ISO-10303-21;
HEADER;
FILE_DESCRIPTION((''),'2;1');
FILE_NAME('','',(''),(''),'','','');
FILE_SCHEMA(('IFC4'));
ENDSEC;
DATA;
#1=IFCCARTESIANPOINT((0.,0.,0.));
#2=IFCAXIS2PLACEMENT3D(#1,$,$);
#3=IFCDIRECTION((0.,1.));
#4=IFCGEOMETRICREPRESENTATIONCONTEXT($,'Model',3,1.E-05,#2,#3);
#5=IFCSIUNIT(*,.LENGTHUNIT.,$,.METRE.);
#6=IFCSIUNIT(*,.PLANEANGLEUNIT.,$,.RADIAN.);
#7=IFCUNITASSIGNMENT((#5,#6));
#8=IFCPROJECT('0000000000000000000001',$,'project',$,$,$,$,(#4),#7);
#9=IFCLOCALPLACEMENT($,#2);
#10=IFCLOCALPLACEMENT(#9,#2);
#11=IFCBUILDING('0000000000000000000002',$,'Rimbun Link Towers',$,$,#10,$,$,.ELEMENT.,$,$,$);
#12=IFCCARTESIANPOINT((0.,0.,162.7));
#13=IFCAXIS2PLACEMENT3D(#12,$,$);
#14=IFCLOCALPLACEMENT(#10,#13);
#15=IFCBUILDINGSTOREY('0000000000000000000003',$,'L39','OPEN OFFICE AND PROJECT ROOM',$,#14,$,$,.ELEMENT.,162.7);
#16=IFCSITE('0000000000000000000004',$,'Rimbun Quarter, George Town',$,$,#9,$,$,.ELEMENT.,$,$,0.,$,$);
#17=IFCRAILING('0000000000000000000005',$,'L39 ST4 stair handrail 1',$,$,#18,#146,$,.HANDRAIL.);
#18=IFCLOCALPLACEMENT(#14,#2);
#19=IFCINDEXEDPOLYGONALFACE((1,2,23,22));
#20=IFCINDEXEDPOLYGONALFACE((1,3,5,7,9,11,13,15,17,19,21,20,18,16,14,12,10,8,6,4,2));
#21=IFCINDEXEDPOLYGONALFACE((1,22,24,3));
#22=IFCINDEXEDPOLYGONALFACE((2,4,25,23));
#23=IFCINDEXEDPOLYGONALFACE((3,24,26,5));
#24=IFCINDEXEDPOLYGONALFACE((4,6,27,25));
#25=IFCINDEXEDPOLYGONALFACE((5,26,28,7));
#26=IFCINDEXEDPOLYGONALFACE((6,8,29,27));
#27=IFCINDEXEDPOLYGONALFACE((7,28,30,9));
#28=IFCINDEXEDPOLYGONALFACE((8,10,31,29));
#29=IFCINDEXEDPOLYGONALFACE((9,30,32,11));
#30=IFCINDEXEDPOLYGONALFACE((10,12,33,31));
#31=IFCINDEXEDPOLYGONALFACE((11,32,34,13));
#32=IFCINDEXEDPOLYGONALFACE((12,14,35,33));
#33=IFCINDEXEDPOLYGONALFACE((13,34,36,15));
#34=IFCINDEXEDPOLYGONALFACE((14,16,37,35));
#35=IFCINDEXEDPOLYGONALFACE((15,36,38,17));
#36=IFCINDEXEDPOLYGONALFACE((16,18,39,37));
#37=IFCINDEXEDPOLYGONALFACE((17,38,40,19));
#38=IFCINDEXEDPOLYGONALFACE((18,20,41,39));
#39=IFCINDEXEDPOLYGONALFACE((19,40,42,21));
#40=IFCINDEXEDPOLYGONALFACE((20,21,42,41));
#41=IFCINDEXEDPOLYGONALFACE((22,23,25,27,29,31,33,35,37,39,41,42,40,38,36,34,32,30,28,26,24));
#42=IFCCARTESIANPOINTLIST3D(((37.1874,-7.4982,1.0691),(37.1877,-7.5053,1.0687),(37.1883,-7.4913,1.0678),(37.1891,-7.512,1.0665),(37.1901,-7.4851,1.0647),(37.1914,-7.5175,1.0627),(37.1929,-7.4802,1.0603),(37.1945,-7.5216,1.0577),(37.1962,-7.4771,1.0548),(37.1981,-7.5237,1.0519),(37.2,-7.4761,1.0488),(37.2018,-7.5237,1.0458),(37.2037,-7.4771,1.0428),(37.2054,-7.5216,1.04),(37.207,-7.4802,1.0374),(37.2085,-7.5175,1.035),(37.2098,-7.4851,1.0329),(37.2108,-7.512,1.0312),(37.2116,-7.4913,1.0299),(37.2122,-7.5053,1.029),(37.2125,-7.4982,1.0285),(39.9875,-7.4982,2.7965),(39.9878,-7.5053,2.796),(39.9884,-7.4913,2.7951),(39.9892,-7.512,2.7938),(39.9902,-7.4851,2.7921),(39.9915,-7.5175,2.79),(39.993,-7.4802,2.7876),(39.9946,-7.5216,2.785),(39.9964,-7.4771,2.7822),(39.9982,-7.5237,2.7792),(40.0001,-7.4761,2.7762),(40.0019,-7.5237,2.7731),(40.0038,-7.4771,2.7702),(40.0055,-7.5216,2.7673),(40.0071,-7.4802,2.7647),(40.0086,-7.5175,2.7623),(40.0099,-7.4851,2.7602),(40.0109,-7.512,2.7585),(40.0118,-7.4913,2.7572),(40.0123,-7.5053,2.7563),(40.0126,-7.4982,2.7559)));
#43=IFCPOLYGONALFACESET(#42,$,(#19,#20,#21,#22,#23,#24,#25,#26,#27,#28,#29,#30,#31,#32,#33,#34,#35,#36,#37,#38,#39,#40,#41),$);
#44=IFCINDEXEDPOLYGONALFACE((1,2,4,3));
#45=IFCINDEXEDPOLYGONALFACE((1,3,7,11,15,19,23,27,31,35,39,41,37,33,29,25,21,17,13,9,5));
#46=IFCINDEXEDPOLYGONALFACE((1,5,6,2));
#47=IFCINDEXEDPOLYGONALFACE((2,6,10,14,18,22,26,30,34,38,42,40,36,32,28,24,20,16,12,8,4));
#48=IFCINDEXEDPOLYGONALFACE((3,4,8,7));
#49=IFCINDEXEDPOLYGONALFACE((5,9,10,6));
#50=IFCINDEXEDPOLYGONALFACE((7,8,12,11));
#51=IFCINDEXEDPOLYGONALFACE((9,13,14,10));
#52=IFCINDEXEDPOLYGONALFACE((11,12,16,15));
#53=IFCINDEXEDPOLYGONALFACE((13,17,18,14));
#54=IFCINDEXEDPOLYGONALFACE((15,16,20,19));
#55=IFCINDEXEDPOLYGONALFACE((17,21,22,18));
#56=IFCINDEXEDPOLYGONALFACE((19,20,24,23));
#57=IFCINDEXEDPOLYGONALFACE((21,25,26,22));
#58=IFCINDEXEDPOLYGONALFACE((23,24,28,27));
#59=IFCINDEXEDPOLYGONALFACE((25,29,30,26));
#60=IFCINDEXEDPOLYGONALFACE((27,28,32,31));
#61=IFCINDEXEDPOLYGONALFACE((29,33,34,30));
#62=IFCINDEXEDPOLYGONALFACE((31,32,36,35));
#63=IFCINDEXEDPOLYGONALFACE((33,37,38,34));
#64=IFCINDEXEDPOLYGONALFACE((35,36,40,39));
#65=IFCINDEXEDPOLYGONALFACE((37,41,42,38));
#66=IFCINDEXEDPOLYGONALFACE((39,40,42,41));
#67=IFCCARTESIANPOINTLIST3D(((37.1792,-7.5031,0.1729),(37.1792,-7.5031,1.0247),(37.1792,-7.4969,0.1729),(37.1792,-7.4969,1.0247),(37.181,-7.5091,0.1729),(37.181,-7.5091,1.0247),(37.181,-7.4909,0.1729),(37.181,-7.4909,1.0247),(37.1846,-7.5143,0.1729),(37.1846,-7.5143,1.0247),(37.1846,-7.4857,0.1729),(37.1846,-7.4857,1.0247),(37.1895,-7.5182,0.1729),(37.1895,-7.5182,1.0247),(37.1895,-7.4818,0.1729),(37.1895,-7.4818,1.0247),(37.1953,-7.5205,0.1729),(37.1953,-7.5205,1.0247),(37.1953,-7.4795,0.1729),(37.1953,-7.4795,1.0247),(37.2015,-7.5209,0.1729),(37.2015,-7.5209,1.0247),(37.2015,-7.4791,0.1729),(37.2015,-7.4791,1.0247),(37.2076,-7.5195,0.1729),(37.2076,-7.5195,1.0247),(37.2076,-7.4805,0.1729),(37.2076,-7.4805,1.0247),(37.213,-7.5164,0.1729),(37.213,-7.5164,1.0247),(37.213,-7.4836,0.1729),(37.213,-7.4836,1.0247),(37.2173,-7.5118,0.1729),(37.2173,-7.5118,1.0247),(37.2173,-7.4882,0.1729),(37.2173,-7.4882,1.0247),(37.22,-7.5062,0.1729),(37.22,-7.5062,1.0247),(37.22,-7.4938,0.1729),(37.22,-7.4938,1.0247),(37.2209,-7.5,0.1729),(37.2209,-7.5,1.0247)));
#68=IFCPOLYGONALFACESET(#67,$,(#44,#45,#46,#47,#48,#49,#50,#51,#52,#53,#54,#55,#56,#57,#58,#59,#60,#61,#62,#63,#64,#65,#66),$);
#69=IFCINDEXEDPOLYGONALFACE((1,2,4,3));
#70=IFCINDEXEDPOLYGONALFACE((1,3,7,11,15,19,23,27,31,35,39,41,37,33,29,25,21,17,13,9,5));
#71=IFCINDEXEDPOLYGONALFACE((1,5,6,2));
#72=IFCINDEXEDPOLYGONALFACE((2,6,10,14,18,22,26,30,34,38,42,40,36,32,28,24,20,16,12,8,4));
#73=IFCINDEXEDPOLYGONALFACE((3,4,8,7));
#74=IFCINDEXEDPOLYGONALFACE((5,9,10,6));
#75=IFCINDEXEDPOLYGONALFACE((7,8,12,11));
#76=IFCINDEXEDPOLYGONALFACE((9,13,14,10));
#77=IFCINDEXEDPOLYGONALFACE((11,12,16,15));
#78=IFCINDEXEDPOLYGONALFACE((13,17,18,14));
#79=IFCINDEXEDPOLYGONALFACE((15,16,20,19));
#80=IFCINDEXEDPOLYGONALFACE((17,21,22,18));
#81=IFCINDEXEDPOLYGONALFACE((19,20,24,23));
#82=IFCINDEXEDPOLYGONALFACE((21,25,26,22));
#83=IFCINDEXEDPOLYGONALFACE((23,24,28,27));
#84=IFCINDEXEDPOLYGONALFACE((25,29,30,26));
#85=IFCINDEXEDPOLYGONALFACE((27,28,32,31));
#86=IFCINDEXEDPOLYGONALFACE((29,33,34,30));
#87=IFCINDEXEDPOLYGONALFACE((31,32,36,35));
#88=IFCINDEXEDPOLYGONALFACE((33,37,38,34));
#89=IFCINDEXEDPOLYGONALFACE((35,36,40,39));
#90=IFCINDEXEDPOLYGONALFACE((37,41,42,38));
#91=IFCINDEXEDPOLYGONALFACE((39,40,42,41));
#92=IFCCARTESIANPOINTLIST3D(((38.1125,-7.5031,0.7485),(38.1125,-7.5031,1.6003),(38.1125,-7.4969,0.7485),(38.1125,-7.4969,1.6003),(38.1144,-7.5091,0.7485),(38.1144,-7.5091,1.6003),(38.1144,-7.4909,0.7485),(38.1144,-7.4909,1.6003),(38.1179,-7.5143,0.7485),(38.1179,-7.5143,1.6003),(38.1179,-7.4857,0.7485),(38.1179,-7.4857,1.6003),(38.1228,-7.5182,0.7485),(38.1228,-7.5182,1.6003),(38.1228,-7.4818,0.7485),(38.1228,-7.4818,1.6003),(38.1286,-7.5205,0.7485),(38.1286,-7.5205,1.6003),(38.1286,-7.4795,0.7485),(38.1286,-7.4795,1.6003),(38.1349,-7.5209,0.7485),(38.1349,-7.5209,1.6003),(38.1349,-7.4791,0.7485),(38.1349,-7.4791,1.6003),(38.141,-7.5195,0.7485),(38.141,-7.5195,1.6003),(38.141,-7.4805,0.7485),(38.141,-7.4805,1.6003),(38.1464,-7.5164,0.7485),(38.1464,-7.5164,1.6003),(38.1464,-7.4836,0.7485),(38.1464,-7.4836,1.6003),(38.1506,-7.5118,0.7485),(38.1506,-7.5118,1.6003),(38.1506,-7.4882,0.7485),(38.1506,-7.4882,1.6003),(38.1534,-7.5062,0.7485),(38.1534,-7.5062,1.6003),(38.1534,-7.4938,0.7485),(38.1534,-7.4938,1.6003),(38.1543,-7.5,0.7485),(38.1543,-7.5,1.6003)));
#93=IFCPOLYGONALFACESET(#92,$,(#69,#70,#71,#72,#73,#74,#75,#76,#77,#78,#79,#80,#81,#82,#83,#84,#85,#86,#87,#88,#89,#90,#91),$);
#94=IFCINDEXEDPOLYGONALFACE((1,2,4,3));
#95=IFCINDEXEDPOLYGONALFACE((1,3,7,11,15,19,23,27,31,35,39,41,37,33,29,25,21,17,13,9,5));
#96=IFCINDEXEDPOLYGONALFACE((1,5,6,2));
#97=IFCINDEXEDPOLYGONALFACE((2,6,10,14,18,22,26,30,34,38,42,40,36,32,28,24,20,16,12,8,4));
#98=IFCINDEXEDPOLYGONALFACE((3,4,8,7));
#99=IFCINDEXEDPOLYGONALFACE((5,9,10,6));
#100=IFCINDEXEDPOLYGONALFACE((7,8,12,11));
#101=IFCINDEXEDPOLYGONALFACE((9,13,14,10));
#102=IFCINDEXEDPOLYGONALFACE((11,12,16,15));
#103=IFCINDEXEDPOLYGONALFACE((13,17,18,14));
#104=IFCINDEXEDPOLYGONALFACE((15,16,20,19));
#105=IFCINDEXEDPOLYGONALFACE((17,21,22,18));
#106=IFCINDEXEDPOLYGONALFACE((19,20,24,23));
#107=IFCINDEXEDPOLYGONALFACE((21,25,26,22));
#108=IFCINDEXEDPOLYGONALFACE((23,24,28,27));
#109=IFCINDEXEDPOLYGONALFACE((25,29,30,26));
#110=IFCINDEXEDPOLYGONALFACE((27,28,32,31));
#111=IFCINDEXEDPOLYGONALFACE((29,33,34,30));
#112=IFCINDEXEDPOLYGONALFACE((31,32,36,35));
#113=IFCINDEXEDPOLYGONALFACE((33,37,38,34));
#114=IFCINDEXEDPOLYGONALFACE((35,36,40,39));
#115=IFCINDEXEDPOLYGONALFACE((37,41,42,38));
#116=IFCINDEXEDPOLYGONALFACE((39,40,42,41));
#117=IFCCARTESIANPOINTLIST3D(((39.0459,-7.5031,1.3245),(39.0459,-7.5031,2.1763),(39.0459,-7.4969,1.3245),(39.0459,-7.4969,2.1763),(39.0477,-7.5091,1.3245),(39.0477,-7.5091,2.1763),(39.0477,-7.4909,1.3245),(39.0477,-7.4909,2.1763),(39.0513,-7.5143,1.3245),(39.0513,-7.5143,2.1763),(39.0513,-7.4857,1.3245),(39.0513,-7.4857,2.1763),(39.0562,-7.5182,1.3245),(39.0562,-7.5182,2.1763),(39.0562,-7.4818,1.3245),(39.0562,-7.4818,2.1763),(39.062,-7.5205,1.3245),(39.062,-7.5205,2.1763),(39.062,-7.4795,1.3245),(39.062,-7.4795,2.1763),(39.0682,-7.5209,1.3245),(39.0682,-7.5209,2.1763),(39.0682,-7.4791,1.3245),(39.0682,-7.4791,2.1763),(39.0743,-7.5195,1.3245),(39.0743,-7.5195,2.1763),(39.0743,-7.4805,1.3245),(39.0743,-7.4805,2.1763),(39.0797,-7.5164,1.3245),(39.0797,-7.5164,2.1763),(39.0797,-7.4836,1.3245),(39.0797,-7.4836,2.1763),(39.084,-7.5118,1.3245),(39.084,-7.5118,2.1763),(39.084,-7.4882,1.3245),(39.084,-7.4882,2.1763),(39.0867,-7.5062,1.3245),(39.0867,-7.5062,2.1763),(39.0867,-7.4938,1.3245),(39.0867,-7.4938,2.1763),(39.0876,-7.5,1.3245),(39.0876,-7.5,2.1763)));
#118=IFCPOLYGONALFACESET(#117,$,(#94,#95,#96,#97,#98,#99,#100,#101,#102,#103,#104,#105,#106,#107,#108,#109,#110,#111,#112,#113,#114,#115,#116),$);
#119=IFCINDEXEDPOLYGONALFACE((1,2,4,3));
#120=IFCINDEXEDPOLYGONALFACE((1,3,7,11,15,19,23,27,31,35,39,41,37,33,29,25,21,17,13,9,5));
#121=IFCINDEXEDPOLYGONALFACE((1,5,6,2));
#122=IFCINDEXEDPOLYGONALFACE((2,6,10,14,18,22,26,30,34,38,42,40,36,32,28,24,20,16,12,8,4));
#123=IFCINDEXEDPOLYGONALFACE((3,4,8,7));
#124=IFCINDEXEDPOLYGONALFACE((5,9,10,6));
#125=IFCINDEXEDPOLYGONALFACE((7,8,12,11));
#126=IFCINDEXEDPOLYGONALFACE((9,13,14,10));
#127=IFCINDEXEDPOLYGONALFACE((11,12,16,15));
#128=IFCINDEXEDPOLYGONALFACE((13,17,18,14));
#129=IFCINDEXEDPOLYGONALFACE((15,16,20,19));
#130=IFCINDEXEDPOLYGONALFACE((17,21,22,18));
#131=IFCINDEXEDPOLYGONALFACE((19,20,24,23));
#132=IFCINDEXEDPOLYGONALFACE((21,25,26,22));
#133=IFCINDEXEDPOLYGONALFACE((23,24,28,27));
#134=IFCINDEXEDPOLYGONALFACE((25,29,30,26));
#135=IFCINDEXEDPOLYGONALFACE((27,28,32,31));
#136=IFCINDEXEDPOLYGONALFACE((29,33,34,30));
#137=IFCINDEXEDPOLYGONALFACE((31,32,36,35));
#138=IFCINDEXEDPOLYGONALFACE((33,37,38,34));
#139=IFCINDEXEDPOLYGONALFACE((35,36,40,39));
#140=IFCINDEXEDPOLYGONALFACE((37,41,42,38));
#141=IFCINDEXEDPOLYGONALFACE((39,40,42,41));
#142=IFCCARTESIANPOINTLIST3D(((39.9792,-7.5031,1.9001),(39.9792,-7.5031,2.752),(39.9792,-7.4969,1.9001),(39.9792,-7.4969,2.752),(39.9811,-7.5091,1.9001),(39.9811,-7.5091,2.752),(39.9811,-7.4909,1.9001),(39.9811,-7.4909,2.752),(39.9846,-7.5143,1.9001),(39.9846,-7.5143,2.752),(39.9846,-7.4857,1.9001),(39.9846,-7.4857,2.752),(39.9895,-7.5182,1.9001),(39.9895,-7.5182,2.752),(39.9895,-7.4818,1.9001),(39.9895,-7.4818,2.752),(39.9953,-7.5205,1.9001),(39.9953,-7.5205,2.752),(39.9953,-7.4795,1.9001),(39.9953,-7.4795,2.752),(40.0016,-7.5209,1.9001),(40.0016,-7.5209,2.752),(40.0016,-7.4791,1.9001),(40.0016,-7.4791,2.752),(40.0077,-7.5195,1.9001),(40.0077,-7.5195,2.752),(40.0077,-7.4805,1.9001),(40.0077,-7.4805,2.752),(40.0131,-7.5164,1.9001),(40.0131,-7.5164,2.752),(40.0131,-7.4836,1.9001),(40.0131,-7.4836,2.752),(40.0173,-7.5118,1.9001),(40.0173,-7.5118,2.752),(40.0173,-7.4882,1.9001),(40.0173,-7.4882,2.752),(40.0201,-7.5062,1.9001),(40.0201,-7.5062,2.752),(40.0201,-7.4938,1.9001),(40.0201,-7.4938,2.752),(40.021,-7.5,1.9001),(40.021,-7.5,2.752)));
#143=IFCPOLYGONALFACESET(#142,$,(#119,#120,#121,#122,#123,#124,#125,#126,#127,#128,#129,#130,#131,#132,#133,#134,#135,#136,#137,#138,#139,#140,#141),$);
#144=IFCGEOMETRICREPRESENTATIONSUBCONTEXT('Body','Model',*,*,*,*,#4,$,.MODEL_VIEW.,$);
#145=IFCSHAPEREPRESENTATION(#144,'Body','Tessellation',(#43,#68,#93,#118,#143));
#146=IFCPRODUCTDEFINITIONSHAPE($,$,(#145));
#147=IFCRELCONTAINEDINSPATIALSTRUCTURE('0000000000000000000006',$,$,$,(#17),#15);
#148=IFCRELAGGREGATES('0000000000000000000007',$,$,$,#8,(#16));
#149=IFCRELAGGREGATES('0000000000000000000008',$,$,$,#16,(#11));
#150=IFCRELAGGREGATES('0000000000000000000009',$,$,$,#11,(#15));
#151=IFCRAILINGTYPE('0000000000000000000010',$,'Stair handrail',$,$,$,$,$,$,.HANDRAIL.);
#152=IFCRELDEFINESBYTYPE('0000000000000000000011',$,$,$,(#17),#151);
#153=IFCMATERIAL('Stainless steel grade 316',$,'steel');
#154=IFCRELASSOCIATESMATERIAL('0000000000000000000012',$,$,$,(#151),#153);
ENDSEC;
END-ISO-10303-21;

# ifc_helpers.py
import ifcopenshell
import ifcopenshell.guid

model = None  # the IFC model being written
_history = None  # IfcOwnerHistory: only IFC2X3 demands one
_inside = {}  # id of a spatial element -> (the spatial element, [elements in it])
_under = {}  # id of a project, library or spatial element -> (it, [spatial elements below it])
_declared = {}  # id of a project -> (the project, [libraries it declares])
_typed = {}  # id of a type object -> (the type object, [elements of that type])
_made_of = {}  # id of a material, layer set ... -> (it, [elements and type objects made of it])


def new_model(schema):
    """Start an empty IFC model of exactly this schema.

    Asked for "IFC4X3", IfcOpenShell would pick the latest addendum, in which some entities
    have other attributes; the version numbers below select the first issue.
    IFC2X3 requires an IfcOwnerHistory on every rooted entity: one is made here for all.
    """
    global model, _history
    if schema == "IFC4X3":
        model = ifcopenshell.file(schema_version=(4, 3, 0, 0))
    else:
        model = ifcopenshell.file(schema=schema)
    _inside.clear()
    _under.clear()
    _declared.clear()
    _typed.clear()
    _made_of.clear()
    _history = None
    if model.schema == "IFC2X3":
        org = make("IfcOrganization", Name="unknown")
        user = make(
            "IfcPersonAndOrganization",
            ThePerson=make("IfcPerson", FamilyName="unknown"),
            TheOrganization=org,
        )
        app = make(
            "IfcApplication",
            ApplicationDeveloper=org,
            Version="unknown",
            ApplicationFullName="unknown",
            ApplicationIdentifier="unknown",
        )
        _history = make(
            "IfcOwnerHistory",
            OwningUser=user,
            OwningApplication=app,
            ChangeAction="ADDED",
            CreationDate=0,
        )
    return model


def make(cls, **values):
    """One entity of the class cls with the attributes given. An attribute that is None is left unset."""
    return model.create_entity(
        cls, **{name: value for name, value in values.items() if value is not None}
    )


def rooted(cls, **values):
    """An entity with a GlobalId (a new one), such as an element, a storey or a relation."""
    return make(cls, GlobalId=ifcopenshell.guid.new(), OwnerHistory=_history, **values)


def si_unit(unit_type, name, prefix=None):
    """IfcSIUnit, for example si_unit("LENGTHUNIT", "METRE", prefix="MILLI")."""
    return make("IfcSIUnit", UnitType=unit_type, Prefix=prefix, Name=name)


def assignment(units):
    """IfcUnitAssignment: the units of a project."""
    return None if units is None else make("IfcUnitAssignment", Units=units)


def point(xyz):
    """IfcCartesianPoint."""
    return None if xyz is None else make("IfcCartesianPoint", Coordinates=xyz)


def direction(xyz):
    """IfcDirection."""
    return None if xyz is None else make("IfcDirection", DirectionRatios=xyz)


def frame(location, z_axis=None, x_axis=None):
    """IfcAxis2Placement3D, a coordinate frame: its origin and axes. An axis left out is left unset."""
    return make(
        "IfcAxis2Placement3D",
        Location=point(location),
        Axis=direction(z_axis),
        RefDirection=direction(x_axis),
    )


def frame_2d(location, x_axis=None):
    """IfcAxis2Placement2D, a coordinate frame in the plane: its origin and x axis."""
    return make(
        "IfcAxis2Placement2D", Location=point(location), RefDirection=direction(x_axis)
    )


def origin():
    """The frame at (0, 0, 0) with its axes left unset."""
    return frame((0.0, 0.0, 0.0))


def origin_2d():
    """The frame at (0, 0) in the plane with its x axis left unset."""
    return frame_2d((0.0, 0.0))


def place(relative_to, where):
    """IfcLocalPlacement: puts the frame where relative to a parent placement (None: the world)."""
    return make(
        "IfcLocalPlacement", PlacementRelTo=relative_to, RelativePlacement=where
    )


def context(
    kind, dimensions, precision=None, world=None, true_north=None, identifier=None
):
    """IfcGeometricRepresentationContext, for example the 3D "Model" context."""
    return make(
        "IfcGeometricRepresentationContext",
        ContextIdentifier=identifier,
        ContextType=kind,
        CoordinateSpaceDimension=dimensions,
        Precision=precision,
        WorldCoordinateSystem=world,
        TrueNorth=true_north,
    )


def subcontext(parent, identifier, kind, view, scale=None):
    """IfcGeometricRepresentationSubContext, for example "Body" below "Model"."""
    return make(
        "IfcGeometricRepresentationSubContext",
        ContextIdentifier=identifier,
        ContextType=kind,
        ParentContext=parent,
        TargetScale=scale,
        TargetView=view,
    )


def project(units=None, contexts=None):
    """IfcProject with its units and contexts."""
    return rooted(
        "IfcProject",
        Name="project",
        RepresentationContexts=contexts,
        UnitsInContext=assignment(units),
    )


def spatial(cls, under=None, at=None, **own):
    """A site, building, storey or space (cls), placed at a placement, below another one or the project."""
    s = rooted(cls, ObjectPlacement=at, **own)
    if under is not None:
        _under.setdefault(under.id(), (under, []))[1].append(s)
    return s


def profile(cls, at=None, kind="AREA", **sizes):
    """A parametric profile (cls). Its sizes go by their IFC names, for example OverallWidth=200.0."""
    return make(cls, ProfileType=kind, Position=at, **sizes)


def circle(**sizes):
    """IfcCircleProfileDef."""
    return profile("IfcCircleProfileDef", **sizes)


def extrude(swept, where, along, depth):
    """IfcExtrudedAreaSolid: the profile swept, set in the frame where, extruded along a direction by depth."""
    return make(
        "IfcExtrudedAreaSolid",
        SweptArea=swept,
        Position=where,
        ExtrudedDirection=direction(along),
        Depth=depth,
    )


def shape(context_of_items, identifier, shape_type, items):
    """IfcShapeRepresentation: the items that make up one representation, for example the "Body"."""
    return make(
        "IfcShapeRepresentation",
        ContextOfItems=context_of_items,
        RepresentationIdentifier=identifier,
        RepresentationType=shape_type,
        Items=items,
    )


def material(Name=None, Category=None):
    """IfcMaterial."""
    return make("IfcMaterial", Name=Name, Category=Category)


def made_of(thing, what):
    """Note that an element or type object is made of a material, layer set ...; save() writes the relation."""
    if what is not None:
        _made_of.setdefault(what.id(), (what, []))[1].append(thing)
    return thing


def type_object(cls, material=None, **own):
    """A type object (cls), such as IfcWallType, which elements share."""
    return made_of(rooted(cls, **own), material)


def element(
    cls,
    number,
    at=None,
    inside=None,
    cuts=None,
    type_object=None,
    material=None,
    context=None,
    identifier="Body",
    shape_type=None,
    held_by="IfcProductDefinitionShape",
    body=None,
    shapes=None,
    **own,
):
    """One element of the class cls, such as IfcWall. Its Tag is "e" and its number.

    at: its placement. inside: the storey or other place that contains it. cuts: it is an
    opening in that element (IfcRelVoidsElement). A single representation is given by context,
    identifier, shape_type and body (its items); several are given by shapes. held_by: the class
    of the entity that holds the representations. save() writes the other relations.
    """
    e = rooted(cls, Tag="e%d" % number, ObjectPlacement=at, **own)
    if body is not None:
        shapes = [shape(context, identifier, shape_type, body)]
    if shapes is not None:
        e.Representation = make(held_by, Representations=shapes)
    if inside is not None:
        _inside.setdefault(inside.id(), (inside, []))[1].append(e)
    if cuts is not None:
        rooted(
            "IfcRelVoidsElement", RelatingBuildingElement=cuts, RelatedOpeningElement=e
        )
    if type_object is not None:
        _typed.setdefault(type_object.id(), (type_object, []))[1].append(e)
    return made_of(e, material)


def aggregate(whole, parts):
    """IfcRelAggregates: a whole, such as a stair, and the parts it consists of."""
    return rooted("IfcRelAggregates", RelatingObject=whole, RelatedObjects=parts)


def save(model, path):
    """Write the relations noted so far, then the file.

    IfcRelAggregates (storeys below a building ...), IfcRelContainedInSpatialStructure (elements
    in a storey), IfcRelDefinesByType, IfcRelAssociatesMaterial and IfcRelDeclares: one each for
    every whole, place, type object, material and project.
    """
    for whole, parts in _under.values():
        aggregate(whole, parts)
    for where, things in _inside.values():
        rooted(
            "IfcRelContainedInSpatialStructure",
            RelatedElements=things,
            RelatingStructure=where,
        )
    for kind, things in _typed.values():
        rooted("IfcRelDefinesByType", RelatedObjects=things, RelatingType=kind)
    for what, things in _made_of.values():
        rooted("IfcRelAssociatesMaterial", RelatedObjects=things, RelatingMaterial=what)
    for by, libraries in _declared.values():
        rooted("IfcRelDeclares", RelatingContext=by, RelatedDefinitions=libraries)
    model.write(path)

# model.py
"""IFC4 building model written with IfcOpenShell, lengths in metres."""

from ifc_helpers import new_model, si_unit, direction, frame, origin, origin_2d, place, context, subcontext, project, spatial, circle, extrude, material, type_object, element, save


model = new_model("IFC4")

# Units and contexts
model_context = context("Model", 3, precision=1e-05, world=origin(), true_north=direction((0.0, 1.0)))
body_context = subcontext(model_context, "Body", "Model", "MODEL_VIEW")
ifc_project = project(units=[si_unit("LENGTHUNIT", "METRE"), si_unit("PLANEANGLEUNIT", "RADIAN")], contexts=[model_context])

# Site, building, storey
site_placement = place(None, origin())
site = spatial("IfcSite", under=ifc_project, at=site_placement, Name="Rimbun Quarter, George Town", CompositionType="ELEMENT", RefElevation=0.0)
building_placement = place(site_placement, origin())
building = spatial("IfcBuilding", under=site, at=building_placement, Name="Rimbun Link Towers", CompositionType="ELEMENT")
storey_placement = place(building_placement, frame((0.0, 0.0, 162.7)))
storey = spatial("IfcBuildingStorey", under=building, at=storey_placement, Name="L39", Description="OPEN OFFICE AND PROJECT ROOM", CompositionType="ELEMENT", Elevation=162.7)

# Railing
ifc_material_1 = material(Name="Stainless steel grade 316", Category="steel")
railing_type_1 = type_object("IfcRailingType", Name="Stair handrail", PredefinedType="HANDRAIL", material=ifc_material_1)
railing_1_placement = place(storey_placement, frame((37.2, -7.5, 0.1729)))
element("IfcRailing", 1, at=railing_1_placement, inside=storey, type_object=railing_type_1, Name="L39 ST4 stair handrail 1", PredefinedType="HANDRAIL", context=body_context, shape_type="SweptSolid", body=[
    extrude(circle(Radius=0.0239, at=origin_2d()), frame((0.0, 0.0, 0.876), z_axis=(0.85109, 0.0, 0.52502), x_axis=(0.0, 1.0, 0.0)), (0.0, 0.0, 1.0), 3.29),
    extrude(circle(Radius=0.021, at=origin_2d()), origin(), (0.0, 0.0, 1.0), 0.8518),
    extrude(circle(Radius=0.021, at=origin_2d()), frame((0.9333, 0.0, 0.5757)), (0.0, 0.0, 1.0), 0.8518),
    extrude(circle(Radius=0.021, at=origin_2d()), frame((1.8667, 0.0, 1.1516)), (0.0, 0.0, 1.0), 0.8518),
    extrude(circle(Radius=0.021, at=origin_2d()), frame((2.8, 0.0, 1.7273)), (0.0, 0.0, 1.0), 0.8518),
])

save(model, "model.ifc")
